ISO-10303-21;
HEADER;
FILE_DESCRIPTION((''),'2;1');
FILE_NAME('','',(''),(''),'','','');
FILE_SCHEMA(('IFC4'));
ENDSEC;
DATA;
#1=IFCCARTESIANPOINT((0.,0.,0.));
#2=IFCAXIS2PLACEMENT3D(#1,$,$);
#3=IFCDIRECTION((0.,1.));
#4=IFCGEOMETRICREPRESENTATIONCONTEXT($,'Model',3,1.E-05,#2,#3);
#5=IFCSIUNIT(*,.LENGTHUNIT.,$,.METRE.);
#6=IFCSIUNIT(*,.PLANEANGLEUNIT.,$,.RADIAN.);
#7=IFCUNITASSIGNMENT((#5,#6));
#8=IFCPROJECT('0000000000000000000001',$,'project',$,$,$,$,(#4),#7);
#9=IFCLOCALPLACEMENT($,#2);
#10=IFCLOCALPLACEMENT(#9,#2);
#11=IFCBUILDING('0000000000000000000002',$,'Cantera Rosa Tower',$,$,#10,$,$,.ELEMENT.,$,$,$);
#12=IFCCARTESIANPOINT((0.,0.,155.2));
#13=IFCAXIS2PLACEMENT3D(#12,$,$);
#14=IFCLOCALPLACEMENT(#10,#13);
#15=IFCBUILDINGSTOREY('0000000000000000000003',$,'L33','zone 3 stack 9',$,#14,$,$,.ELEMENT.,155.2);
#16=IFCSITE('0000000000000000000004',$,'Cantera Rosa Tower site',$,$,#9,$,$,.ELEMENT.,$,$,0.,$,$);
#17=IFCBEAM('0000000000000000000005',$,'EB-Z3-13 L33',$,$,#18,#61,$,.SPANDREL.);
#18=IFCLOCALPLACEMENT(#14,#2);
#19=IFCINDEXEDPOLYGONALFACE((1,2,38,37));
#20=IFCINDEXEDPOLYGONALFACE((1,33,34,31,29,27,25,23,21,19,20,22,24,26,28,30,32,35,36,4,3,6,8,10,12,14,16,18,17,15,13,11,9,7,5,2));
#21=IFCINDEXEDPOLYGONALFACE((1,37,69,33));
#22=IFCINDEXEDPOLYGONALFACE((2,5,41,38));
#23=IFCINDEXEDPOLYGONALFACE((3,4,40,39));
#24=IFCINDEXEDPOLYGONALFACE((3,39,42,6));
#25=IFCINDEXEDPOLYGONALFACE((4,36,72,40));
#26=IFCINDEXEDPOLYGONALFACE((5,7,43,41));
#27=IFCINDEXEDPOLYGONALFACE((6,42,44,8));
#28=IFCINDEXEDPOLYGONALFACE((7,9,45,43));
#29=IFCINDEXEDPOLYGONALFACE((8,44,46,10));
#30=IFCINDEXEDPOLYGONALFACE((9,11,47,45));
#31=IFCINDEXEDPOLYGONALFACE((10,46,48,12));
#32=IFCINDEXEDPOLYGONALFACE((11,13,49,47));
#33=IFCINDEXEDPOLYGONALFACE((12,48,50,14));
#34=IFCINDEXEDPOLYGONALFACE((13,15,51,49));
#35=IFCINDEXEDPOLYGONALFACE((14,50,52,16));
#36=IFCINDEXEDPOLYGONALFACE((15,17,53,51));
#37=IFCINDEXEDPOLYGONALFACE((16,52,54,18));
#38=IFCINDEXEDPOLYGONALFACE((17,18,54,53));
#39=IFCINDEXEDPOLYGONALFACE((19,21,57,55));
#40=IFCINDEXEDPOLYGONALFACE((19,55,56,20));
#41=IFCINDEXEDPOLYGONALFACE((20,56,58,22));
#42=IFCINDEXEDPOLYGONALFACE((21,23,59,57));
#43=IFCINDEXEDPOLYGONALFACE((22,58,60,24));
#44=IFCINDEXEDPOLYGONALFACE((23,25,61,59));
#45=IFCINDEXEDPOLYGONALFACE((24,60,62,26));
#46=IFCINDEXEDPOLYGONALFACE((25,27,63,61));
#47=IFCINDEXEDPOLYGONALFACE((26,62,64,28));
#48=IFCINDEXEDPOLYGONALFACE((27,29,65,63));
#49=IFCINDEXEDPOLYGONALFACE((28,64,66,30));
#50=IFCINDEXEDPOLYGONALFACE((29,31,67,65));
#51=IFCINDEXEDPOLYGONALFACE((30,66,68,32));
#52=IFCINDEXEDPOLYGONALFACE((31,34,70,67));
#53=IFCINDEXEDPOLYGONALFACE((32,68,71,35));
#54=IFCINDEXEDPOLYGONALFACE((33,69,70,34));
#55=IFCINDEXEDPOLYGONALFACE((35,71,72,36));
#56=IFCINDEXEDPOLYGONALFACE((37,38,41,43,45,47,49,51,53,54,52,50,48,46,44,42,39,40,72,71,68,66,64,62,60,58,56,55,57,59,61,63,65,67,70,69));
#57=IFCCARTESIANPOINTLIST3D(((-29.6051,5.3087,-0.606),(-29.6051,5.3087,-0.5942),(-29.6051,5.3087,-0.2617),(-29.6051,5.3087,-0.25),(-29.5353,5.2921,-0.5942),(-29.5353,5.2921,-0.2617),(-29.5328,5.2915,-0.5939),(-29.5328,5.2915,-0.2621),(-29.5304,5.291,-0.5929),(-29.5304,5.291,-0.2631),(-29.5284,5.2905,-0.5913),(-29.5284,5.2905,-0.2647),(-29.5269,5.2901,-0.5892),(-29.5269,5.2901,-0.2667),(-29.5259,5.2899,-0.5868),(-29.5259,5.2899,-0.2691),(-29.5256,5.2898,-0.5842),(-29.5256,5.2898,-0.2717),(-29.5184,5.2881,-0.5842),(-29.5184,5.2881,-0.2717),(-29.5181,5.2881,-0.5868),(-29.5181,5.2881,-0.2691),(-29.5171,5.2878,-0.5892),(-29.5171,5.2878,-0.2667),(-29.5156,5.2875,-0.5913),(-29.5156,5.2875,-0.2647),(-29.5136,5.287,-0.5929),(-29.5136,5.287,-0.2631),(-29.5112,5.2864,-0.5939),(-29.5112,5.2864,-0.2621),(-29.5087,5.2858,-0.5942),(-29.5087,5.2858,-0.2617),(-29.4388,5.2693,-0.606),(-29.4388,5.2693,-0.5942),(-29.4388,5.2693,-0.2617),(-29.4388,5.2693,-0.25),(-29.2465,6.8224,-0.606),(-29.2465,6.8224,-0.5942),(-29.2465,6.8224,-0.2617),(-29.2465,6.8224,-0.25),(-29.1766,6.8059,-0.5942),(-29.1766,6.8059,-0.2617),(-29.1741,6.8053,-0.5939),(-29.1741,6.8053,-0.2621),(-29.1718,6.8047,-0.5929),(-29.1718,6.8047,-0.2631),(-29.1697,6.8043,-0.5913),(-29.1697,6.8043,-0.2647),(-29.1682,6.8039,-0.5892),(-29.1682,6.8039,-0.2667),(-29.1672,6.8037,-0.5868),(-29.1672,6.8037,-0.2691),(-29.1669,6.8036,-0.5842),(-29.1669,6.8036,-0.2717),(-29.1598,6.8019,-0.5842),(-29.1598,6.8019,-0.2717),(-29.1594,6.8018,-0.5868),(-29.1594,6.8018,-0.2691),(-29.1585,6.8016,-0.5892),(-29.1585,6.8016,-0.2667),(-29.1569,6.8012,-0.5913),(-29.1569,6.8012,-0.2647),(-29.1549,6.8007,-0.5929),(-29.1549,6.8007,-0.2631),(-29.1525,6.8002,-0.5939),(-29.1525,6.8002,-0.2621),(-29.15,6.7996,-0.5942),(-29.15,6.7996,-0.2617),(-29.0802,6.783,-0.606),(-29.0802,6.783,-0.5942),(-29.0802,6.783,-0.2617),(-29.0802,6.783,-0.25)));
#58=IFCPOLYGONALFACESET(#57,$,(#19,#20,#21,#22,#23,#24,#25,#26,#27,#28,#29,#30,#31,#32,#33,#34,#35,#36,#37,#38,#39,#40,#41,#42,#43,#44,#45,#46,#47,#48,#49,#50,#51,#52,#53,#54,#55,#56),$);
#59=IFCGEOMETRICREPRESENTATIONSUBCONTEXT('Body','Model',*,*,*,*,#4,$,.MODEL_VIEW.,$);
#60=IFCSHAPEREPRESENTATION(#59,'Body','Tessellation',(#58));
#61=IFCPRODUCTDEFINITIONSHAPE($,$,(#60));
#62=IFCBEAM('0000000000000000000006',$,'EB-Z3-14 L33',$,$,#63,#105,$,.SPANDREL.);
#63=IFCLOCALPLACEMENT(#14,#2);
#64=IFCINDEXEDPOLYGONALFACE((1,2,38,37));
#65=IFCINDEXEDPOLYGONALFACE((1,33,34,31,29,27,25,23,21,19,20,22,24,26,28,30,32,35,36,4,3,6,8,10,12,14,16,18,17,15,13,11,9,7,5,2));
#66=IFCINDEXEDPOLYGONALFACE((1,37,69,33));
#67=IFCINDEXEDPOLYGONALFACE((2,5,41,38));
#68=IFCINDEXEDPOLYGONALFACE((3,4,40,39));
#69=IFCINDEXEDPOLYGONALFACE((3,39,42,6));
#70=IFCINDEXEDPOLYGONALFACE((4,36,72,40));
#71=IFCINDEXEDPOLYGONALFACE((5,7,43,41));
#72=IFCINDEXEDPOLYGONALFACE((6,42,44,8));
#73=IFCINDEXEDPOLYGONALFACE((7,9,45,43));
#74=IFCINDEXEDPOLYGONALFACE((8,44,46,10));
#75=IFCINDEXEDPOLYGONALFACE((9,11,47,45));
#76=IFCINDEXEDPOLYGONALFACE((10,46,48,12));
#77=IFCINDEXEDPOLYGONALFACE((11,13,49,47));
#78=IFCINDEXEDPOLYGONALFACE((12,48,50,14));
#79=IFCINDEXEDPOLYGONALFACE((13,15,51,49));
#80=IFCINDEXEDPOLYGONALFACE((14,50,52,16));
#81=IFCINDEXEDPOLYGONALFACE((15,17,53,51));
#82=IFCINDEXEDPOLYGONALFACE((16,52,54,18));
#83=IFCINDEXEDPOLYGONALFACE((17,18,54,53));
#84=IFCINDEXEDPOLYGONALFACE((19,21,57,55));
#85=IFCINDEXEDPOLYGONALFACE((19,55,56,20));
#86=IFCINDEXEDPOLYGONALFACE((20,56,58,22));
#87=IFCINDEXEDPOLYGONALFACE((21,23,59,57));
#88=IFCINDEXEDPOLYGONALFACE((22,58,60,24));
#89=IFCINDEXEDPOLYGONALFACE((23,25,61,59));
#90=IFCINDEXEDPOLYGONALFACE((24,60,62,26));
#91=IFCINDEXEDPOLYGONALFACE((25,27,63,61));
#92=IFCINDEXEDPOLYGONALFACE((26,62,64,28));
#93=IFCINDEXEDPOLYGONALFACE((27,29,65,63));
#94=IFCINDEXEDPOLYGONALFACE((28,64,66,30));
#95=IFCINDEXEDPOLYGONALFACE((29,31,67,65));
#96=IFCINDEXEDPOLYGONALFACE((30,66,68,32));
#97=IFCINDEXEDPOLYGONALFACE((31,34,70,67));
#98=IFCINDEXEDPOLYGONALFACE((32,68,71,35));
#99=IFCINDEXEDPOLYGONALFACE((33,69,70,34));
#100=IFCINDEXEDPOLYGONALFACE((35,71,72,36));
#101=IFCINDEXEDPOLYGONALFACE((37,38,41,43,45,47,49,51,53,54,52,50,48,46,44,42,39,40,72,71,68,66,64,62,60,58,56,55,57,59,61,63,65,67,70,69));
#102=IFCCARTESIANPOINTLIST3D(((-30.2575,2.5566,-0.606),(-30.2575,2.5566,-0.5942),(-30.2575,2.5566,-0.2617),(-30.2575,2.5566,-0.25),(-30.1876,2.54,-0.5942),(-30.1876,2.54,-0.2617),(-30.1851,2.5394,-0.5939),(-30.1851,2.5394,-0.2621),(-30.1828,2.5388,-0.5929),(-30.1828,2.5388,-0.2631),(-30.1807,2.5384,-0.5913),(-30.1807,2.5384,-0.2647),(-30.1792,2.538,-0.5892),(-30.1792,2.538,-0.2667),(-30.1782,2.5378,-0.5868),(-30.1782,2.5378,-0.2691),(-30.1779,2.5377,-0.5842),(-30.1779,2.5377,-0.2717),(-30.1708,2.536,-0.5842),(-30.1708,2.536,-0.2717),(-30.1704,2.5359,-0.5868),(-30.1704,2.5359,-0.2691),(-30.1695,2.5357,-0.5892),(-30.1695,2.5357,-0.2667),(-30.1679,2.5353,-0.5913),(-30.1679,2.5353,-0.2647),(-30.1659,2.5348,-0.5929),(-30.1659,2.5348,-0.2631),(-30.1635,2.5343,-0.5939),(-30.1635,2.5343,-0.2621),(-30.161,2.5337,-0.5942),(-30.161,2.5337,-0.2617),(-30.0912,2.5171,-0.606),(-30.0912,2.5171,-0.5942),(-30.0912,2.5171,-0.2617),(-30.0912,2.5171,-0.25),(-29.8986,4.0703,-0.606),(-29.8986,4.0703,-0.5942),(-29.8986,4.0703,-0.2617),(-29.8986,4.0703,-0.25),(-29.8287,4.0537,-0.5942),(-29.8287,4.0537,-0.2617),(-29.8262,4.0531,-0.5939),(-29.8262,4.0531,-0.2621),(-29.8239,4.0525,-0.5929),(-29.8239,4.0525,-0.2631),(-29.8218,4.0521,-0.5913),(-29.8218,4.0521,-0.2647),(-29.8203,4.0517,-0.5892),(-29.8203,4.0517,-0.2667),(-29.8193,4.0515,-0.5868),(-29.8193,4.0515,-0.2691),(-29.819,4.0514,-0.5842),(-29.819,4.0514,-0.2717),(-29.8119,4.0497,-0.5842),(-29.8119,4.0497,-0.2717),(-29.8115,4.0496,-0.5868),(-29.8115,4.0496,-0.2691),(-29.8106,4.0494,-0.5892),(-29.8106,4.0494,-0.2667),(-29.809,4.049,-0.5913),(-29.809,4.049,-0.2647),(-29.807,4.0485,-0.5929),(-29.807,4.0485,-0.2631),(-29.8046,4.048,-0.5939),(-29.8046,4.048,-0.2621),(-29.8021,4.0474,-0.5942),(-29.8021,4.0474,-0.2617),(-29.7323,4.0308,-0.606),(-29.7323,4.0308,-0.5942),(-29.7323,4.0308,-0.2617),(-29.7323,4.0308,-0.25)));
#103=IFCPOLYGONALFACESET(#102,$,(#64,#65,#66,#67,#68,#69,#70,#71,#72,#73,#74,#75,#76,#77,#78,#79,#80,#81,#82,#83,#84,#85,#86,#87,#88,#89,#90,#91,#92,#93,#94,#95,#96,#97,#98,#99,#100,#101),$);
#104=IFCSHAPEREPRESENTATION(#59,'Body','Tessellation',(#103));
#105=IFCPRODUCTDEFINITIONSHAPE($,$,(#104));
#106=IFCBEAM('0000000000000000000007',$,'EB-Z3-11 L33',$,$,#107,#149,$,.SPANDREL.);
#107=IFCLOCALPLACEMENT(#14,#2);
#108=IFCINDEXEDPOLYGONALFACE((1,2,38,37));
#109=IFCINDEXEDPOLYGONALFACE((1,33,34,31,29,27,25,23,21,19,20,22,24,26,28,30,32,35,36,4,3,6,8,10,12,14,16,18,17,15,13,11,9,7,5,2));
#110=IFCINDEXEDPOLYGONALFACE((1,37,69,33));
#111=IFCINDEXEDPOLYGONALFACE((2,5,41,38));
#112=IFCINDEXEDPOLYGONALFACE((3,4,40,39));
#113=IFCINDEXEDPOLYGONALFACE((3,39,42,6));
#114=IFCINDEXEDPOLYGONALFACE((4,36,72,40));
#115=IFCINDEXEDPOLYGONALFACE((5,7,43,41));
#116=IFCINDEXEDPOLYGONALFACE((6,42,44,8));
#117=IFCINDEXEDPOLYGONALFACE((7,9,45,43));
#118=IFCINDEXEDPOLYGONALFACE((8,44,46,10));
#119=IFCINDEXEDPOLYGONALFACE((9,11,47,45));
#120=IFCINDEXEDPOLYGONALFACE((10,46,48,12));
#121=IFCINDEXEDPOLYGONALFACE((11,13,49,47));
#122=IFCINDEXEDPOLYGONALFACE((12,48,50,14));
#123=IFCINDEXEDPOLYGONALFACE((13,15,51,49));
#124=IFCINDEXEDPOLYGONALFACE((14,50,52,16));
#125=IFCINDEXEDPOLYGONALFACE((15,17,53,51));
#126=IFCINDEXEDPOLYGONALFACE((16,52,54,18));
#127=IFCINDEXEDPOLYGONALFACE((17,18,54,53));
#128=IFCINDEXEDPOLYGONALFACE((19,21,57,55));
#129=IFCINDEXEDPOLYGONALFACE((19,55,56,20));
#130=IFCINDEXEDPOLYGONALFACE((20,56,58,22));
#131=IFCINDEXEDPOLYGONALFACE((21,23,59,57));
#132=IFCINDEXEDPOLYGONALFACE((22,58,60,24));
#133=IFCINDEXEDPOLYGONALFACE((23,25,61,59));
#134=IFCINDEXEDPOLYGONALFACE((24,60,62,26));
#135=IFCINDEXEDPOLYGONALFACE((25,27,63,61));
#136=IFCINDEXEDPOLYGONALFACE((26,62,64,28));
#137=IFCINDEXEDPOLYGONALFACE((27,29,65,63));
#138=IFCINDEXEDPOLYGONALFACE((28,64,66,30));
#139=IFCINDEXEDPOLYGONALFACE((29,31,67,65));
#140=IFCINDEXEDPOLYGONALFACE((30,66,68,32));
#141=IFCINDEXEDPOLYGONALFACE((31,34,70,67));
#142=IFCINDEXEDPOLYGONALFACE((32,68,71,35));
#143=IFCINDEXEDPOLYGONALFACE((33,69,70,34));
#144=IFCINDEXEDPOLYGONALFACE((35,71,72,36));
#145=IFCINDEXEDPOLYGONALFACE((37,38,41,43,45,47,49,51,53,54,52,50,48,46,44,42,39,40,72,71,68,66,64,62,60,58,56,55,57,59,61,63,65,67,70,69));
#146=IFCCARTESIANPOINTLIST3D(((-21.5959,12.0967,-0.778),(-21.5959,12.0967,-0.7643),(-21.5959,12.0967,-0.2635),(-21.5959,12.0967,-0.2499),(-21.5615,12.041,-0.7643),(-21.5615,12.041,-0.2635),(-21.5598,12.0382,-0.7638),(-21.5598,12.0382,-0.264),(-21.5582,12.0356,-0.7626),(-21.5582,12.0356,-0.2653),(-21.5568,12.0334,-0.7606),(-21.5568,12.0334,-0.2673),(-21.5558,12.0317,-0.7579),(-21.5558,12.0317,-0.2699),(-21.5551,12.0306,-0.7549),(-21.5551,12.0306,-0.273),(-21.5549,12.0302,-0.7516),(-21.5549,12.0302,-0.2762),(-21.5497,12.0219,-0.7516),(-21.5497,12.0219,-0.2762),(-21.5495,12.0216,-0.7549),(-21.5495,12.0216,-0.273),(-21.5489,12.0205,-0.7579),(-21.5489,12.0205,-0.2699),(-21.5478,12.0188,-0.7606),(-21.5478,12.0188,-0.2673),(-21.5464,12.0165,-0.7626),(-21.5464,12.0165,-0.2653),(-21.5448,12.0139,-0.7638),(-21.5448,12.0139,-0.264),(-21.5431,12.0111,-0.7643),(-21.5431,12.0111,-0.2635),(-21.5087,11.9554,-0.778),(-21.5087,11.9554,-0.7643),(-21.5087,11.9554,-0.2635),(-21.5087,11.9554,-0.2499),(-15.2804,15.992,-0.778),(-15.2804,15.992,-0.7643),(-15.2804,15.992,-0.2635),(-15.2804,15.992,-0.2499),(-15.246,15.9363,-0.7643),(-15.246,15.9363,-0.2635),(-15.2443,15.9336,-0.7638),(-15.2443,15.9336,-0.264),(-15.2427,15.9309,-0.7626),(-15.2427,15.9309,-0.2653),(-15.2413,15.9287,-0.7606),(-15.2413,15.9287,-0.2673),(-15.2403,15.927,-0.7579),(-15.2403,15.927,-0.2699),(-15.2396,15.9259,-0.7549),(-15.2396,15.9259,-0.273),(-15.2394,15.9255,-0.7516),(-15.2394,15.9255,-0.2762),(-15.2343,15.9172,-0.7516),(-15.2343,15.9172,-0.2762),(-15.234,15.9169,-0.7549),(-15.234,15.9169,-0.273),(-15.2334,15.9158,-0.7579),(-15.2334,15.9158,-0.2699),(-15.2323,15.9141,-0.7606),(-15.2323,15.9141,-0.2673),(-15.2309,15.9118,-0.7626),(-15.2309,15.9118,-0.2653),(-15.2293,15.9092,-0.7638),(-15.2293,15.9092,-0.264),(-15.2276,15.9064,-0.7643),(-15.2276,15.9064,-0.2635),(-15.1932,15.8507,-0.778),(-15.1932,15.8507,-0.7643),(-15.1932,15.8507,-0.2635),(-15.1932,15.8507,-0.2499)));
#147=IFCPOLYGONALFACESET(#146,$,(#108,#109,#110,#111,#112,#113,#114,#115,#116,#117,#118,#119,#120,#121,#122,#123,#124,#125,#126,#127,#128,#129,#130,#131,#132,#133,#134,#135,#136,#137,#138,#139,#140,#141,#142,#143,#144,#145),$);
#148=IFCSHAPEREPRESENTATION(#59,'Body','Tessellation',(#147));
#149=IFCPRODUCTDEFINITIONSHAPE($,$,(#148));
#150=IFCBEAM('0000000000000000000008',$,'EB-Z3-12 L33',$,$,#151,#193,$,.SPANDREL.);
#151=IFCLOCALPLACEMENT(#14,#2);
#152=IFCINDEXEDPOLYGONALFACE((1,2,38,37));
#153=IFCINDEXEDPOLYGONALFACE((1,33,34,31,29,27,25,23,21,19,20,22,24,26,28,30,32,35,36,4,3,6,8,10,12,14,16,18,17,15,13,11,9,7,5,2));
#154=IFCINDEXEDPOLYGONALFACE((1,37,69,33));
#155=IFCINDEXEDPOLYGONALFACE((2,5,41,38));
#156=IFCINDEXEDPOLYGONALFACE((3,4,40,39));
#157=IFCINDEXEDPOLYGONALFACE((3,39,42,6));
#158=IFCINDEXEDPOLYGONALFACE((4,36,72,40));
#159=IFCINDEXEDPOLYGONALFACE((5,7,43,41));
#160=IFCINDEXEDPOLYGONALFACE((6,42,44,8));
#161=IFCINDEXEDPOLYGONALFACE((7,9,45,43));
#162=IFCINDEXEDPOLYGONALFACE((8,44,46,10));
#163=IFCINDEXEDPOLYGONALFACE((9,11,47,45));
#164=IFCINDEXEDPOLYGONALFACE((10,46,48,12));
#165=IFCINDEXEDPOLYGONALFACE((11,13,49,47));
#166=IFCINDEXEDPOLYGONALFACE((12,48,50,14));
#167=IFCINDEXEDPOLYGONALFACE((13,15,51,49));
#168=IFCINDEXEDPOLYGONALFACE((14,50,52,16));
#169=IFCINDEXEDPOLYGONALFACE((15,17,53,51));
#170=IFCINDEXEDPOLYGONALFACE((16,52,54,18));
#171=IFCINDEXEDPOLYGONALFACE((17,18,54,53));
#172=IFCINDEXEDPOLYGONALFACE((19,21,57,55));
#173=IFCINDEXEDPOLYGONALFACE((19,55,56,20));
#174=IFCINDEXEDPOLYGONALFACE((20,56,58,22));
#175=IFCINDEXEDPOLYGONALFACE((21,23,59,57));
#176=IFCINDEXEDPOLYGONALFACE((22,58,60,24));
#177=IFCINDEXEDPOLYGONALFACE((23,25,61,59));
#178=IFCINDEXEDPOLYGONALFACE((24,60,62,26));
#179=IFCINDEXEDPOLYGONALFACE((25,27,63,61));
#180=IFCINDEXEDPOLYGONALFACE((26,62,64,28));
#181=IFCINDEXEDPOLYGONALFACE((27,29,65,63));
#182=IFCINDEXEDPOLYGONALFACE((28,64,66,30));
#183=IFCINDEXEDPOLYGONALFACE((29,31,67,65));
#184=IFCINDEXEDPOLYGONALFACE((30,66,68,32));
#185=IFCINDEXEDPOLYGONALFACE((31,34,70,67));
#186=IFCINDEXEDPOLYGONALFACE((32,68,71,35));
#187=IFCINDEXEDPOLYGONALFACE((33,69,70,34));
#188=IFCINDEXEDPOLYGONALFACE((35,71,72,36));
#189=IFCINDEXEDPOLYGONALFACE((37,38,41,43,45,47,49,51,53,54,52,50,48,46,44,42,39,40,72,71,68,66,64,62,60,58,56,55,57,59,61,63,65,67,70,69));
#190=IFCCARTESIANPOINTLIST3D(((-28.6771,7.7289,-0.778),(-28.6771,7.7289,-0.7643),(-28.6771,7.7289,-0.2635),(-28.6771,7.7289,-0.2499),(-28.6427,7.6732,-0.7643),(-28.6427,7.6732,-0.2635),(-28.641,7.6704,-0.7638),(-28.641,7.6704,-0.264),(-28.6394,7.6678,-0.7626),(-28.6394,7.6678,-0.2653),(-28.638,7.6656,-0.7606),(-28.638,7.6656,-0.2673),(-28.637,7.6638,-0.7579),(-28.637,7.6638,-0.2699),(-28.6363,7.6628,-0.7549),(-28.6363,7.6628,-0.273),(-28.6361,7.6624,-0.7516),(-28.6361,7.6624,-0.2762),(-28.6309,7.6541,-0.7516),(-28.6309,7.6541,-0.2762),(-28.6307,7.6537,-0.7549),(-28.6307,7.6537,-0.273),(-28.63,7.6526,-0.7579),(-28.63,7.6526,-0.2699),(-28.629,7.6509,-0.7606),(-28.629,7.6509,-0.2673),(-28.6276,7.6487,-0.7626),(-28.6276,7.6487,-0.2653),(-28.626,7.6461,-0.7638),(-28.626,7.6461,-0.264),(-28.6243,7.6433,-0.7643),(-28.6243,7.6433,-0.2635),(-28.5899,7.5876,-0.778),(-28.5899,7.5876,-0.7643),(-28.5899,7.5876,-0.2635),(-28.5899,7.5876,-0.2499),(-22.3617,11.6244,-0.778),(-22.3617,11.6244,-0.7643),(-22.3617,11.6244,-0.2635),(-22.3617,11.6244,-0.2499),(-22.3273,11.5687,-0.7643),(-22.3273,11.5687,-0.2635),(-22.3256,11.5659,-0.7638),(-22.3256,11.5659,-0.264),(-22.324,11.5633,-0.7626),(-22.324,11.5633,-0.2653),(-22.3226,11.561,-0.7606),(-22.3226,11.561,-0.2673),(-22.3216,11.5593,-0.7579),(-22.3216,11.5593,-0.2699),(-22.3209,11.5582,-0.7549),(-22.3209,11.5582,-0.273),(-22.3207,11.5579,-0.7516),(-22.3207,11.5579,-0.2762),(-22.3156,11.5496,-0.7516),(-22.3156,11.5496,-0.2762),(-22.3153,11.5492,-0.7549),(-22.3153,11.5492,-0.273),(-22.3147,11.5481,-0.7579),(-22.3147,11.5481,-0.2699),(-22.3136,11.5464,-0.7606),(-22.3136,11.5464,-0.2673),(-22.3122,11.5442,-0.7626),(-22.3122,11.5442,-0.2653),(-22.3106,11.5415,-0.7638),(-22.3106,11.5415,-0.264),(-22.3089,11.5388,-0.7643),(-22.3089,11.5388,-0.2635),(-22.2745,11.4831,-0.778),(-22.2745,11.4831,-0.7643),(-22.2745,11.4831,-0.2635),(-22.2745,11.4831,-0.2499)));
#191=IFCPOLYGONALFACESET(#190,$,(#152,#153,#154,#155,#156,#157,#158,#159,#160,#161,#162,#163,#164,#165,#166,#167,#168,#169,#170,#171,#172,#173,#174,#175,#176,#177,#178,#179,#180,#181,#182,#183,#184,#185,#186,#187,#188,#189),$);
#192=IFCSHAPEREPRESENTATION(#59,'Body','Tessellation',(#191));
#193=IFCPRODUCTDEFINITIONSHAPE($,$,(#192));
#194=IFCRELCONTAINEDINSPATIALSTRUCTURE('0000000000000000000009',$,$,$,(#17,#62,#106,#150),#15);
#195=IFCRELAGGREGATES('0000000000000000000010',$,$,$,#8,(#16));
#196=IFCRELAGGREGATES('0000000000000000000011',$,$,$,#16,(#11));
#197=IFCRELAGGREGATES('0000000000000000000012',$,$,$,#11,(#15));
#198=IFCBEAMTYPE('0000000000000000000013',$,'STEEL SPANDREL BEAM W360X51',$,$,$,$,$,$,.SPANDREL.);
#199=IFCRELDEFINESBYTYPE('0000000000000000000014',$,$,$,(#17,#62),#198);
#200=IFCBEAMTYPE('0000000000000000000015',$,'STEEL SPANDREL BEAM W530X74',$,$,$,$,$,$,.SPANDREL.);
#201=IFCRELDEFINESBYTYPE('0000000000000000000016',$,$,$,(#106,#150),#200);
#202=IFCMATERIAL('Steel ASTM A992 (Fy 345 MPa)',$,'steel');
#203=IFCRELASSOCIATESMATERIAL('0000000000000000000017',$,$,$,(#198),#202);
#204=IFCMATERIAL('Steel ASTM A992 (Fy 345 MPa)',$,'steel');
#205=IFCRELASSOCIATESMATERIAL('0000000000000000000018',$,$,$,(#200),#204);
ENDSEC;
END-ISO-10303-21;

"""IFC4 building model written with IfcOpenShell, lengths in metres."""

from ifc_helpers import new_model, si_unit, direction, frame, origin, origin_2d, place, context, subcontext, project, spatial, i_section, extrude, material, material_profile, profile_set, type_object, element, save


model = new_model("IFC4")

# Units and contexts
model_context = context("Model", 3, precision=1e-05, world=origin(), true_north=direction((0.0, 1.0)))
body_context = subcontext(model_context, "Body", "Model", "MODEL_VIEW")
ifc_project = project(units=[si_unit("LENGTHUNIT", "METRE"), si_unit("PLANEANGLEUNIT", "RADIAN")], contexts=[model_context])

# Site, building, storey
site_placement = place(None, origin())
site = spatial("IfcSite", under=ifc_project, at=site_placement, Name="Cantera Rosa Tower site", CompositionType="ELEMENT", RefElevation=0.0)
building_placement = place(site_placement, origin())
building = spatial("IfcBuilding", under=site, at=building_placement, Name="Cantera Rosa Tower", CompositionType="ELEMENT")
storey_placement = place(building_placement, frame((0.0, 0.0, 155.2)))
storey = spatial("IfcBuildingStorey", under=building, at=storey_placement, Name="L33", Description="zone 3 stack 9", CompositionType="ELEMENT", Elevation=155.2)

# Beams
ifc_material_1 = material(Name="Steel ASTM A992 (Fy 345 MPa)", Category="steel")
ifc_material_profile_1 = material_profile(ifc_material_1, i_section(OverallWidth=0.1709, OverallDepth=0.356, WebThickness=0.0073, FlangeThickness=0.0117, FilletRadius=0.01, at=origin_2d()), Name="W360X51")
ifc_profile_set_1 = profile_set([ifc_material_profile_1], Name="Steel ASTM A992 (Fy 345 MPa)")
beam_type_1 = type_object("IfcBeamType", Name="STEEL SPANDREL BEAM W360X51", PredefinedType="SPANDREL", material=ifc_profile_set_1)
for number, where, z_axis, x_axis, name in (
    (1, (-29.1633, 6.8027, -0.428), (-0.230552, -0.97306, 0.0), (0.97306, -0.230552, 0.0), "EB-Z3-13 L33"),
    (2, (-29.8154, 4.0505, -0.428), (-0.230701, -0.973025, 0.0), (0.973025, -0.230701, 0.0), "EB-Z3-14 L33"),
):
    element("IfcBeam", number, at=place(storey_placement, frame(where, z_axis=z_axis, x_axis=x_axis)), inside=storey, type_object=beam_type_1, Name=name, PredefinedType="SPANDREL", context=body_context, shape_type="SweptSolid", body=[
        extrude(i_section(OverallWidth=0.1709, OverallDepth=0.356, WebThickness=0.0073, FlangeThickness=0.0117, FilletRadius=0.01, at=origin_2d()), origin(), (0.0, 0.0, 1.0), 1.5557),
    ])
ifc_material_2 = material(Name="Steel ASTM A992 (Fy 345 MPa)", Category="steel")
ifc_material_profile_2 = material_profile(ifc_material_2, i_section(OverallWidth=0.166, OverallDepth=0.5281, WebThickness=0.0098, FlangeThickness=0.0137, FilletRadius=0.0127, at=origin_2d()), Name="W530X74")
ifc_profile_set_2 = profile_set([ifc_material_profile_2], Name="Steel ASTM A992 (Fy 345 MPa)")
beam_type_2 = type_object("IfcBeamType", Name="STEEL SPANDREL BEAM W530X74", PredefinedType="SPANDREL", material=ifc_profile_set_2)
for number, where, z_axis, x_axis, name in (
    (3, (-15.2368, 15.9214, -0.5139), (-0.851126, -0.524962, 0.0), (0.524962, -0.851126, 0.0), "EB-Z3-11 L33"),
    (4, (-22.3181, 11.5537, -0.5139), (-0.851111, -0.524986, 0.0), (0.524986, -0.851111, 0.0), "EB-Z3-12 L33"),
):
    element("IfcBeam", number, at=place(storey_placement, frame(where, z_axis=z_axis, x_axis=x_axis)), inside=storey, type_object=beam_type_2, Name=name, PredefinedType="SPANDREL", context=body_context, shape_type="SweptSolid", body=[
        extrude(i_section(OverallWidth=0.166, OverallDepth=0.5281, WebThickness=0.0098, FlangeThickness=0.0137, FilletRadius=0.0127, at=origin_2d()), origin(), (0.0, 0.0, 1.0), 7.4202),
    ])

save(model, "model.ifc")
